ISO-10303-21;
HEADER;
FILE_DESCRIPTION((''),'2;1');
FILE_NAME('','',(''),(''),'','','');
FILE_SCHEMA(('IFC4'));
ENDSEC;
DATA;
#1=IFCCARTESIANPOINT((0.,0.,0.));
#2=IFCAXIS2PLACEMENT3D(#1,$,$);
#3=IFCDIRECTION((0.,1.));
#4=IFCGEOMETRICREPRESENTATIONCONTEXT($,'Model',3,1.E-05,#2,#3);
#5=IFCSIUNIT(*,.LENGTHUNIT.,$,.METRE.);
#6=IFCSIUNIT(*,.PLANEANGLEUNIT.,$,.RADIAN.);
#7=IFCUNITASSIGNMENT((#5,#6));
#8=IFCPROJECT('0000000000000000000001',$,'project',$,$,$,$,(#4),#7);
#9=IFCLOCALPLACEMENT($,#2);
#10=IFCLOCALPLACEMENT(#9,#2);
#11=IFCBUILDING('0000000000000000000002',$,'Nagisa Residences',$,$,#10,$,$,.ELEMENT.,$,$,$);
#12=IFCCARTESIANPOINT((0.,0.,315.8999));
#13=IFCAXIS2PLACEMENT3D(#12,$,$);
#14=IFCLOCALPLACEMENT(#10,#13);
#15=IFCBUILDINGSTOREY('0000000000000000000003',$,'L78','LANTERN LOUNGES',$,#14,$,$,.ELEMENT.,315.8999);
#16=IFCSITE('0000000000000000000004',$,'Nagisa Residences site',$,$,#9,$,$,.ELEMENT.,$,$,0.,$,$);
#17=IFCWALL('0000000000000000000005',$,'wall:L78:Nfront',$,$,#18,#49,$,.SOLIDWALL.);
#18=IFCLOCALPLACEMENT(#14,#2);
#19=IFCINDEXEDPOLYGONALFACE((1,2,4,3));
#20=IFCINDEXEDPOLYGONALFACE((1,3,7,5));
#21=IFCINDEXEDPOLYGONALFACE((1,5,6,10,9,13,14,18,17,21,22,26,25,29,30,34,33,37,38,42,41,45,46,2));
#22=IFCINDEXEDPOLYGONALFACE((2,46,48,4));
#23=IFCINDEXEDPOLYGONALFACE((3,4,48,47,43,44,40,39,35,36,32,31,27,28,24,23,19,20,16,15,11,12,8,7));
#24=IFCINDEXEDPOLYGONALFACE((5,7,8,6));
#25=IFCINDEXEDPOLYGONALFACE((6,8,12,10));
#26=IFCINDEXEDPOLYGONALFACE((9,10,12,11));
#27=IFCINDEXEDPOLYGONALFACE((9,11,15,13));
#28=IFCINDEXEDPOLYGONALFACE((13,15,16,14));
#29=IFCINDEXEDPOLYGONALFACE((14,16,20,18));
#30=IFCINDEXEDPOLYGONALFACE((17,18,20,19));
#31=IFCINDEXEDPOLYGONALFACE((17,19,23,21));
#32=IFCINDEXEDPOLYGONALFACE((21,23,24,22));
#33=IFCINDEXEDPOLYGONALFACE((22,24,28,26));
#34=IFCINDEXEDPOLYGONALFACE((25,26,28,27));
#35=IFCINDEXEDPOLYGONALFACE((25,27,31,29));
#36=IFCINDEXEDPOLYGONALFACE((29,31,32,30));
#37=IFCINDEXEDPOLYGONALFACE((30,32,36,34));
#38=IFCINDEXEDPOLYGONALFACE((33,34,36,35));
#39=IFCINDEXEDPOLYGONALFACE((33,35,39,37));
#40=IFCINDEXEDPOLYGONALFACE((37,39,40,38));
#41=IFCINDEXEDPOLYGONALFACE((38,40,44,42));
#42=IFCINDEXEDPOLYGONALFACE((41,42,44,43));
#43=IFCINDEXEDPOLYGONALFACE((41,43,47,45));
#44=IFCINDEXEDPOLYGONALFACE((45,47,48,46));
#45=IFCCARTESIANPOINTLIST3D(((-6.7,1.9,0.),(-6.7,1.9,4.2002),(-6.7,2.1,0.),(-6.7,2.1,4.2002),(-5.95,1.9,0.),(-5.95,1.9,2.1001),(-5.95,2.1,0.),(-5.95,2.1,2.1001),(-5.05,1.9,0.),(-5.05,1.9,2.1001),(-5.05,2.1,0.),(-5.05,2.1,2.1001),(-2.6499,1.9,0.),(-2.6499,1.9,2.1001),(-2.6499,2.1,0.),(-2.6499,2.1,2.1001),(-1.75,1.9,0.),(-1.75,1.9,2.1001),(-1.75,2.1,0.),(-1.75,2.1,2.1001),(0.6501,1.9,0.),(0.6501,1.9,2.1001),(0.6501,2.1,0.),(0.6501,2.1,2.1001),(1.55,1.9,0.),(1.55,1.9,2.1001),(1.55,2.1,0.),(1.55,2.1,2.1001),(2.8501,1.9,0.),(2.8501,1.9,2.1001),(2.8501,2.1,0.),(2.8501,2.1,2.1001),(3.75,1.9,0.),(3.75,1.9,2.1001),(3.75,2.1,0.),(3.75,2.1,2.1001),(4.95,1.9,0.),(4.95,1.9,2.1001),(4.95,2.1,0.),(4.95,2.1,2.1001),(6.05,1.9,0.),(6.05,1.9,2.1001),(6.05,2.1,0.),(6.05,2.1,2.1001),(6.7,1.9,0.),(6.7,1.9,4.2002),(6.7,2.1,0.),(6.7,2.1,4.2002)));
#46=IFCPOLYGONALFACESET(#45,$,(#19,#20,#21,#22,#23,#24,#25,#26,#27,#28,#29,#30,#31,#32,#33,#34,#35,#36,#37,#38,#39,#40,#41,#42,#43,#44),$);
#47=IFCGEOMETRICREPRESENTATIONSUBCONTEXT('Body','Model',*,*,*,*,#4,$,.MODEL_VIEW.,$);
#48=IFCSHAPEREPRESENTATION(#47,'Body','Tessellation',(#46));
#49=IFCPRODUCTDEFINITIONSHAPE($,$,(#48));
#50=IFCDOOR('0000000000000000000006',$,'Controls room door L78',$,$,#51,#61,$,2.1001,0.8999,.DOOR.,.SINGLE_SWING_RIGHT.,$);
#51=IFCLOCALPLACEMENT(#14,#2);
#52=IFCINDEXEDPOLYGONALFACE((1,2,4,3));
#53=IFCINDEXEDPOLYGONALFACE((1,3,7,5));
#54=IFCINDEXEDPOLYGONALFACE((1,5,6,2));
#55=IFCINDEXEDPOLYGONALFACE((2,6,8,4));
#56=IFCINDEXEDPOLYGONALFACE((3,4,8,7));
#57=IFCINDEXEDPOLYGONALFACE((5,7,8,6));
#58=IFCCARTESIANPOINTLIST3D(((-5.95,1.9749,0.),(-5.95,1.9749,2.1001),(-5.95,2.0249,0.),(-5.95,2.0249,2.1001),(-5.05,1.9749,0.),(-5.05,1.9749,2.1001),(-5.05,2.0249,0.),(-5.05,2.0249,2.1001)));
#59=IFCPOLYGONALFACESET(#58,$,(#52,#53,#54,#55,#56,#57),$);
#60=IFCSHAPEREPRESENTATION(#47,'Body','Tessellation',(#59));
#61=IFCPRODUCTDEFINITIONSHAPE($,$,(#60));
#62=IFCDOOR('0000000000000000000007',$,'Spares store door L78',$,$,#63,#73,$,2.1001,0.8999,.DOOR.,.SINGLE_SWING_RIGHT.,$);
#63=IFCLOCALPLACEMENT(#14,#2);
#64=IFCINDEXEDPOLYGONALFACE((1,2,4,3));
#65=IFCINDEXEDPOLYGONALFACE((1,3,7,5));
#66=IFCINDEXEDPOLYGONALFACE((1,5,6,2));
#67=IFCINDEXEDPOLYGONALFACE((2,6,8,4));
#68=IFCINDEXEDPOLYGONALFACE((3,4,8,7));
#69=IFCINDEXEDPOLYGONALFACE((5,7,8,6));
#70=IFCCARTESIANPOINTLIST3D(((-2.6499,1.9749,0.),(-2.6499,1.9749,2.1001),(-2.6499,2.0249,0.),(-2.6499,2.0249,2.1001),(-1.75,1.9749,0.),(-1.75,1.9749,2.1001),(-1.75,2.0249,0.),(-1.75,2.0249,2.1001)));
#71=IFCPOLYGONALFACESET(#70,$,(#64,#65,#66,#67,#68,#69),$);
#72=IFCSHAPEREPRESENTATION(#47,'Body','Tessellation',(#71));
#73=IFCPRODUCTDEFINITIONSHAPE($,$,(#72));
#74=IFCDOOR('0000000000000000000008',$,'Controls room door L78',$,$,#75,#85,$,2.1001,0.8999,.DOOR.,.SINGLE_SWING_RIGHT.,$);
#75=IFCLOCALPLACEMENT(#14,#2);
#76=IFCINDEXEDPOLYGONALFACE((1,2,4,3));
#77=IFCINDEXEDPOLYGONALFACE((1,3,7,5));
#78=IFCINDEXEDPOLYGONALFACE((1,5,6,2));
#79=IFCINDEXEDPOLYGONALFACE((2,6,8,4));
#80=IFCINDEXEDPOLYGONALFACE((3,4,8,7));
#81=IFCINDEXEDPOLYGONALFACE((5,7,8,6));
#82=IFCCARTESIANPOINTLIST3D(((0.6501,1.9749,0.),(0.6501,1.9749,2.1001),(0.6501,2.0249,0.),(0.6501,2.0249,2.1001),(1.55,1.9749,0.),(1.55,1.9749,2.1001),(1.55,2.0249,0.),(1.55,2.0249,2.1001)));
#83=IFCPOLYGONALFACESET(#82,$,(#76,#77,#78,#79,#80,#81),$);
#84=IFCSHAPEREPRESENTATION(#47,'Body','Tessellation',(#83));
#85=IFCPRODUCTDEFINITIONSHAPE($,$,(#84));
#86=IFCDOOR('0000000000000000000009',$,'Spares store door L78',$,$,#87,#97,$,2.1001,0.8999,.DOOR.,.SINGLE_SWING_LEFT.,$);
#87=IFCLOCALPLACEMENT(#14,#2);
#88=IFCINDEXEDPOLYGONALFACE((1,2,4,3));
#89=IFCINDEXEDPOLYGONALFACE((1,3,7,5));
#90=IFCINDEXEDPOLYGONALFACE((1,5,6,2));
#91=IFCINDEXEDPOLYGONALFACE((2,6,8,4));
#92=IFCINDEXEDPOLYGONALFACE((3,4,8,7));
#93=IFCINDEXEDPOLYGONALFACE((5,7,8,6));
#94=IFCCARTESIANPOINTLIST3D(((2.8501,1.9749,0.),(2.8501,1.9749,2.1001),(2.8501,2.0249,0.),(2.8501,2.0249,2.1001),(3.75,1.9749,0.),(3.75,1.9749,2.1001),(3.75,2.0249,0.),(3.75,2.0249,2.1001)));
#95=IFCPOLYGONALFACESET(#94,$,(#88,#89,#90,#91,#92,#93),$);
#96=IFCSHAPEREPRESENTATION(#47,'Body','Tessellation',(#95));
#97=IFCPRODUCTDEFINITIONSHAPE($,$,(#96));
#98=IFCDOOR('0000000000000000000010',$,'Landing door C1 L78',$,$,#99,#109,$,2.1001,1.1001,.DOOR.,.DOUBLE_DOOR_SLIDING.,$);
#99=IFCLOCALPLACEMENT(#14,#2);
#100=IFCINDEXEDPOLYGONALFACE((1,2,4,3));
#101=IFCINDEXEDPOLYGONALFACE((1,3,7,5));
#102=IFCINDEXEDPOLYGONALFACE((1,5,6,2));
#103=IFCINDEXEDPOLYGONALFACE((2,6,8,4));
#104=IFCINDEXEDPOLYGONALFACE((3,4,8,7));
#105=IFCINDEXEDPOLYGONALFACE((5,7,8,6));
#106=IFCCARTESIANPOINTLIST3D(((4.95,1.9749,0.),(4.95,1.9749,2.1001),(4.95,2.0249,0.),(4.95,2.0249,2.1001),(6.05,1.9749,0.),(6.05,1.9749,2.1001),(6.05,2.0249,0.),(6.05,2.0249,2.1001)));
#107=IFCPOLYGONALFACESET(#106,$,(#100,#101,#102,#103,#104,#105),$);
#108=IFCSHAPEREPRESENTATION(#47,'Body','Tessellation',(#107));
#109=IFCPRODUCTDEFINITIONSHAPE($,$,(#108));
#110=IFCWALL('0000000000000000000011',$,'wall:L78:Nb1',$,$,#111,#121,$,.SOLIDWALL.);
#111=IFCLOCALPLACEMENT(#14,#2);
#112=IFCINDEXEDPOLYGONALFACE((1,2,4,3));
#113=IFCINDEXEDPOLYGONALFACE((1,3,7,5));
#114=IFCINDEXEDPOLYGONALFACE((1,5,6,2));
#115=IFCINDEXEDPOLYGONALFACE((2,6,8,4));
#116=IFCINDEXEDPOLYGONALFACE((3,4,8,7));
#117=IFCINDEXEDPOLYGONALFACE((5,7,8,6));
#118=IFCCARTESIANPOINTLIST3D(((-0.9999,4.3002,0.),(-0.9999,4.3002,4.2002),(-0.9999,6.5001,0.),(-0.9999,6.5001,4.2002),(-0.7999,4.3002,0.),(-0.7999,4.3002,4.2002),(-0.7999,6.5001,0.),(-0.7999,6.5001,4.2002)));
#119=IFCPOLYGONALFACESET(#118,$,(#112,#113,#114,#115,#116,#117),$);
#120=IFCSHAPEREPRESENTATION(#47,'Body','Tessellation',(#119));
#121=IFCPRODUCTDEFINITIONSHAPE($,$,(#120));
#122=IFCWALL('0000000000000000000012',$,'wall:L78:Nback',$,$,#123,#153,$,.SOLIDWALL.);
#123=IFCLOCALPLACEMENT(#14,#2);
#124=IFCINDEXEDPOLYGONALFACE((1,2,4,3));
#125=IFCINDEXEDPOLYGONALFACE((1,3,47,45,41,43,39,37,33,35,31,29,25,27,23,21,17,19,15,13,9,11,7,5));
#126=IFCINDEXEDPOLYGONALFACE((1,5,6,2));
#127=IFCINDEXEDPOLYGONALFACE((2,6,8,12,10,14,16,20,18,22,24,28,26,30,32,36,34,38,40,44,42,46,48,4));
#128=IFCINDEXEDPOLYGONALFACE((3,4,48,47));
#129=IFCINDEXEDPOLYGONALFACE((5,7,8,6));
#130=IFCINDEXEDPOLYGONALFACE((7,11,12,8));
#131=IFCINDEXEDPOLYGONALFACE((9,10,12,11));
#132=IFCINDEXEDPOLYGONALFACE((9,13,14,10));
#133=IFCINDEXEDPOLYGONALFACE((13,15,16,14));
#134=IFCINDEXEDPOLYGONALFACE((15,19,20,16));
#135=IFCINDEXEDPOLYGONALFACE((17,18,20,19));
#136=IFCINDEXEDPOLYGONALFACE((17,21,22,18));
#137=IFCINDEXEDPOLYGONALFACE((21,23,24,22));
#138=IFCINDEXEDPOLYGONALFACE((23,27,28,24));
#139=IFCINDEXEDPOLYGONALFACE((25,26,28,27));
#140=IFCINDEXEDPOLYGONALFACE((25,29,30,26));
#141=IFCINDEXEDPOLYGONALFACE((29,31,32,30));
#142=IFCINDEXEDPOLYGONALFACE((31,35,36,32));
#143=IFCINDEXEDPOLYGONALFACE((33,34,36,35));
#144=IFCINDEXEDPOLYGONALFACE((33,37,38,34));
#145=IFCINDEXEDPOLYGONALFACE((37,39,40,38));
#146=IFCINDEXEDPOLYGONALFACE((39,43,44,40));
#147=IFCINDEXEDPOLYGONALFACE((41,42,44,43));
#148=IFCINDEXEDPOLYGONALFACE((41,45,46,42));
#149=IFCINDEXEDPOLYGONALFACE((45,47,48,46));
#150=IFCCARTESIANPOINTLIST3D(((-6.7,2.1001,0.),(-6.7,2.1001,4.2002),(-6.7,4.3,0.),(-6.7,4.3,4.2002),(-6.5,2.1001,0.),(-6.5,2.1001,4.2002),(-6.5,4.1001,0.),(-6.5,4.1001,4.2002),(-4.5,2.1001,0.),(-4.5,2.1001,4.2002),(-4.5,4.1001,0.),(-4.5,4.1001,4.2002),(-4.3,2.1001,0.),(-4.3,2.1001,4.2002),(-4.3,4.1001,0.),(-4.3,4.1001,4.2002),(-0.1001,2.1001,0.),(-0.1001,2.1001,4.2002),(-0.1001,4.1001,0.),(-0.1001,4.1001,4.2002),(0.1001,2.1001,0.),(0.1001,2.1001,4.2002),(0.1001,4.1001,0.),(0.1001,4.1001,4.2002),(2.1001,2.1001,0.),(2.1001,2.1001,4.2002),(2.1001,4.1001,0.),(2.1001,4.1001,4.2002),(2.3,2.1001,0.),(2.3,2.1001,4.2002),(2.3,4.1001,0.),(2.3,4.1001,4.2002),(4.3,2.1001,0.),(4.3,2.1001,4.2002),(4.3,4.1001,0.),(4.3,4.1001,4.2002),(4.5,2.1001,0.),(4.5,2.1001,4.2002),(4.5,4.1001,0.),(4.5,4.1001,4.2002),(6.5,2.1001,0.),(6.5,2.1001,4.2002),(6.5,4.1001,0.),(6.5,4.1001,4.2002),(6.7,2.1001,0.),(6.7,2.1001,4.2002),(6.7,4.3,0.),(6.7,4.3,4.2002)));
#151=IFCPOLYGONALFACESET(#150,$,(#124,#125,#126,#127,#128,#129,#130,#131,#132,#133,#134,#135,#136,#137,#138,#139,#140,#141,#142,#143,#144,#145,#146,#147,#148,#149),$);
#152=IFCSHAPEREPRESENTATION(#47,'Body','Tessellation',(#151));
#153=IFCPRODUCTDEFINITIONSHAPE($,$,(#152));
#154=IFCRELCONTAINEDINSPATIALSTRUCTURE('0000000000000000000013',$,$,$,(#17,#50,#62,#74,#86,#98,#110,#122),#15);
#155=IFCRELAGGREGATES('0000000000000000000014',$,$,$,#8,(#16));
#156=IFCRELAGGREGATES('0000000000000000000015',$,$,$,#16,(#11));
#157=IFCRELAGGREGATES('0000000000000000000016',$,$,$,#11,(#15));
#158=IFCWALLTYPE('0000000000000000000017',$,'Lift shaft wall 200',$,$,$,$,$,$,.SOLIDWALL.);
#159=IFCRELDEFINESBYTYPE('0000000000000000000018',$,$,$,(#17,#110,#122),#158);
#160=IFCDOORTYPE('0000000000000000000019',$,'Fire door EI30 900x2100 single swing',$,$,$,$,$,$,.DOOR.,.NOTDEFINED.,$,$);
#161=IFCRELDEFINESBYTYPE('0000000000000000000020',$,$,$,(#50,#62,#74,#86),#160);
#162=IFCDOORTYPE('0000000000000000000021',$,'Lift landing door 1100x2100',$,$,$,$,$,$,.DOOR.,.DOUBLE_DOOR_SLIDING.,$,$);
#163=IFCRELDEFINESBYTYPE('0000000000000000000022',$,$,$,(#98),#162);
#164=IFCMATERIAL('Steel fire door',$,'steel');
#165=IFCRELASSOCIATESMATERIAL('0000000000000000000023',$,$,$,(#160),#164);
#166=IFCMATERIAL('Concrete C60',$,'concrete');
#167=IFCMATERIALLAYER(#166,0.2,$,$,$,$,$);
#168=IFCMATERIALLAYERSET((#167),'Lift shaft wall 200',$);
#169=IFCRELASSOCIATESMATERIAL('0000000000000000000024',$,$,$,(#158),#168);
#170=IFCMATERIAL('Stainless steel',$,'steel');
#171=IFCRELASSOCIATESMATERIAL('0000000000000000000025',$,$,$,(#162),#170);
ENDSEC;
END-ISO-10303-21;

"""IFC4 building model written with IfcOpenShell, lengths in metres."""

from ifc_helpers import new_model, si_unit, direction, frame, frame_2d, origin, place, context, subcontext, project, spatial, polyline, rectangle, outline, extrude, material, layer, layer_set, type_object, element, fill, save


model = new_model("IFC4")

# Units and contexts
model_context = context("Model", 3, precision=1e-05, world=origin(), true_north=direction((0.0, 1.0)))
body_context = subcontext(model_context, "Body", "Model", "MODEL_VIEW")
ifc_project = project(units=[si_unit("LENGTHUNIT", "METRE"), si_unit("PLANEANGLEUNIT", "RADIAN")], contexts=[model_context])

# Site, building, storey
site_placement = place(None, origin())
site = spatial("IfcSite", under=ifc_project, at=site_placement, Name="Nagisa Residences site", CompositionType="ELEMENT", RefElevation=0.0)
building_placement = place(site_placement, origin())
building = spatial("IfcBuilding", under=site, at=building_placement, Name="Nagisa Residences", CompositionType="ELEMENT")
storey_placement = place(building_placement, frame((0.0, 0.0, 315.8999)))
storey = spatial("IfcBuildingStorey", under=building, at=storey_placement, Name="L78", Description="LANTERN LOUNGES", CompositionType="ELEMENT", Elevation=315.8999)

# Shared definitions
ifc_material_1 = material(Name="Steel fire door", Category="steel")
door_type_1 = type_object("IfcDoorType", Name="Fire door EI30 900x2100 single swing", OperationType="NOTDEFINED", PredefinedType="DOOR", material=ifc_material_1)

# Shared definitions
ifc_material_2 = material(Name="Concrete C60", Category="concrete")
ifc_layer_1 = layer(ifc_material_2, 0.2)
ifc_layer_set_1 = layer_set([ifc_layer_1], Name="Lift shaft wall 200")
wall_type_1 = type_object("IfcWallType", Name="Lift shaft wall 200", PredefinedType="SOLIDWALL", material=ifc_layer_set_1)
ifc_material_3 = material(Name="Stainless steel", Category="steel")
door_type_2 = type_object("IfcDoorType", Name="Lift landing door 1100x2100", OperationType="DOUBLE_DOOR_SLIDING", PredefinedType="DOOR", material=ifc_material_3)

# Wall, openings, doors
wall_1_placement = place(storey_placement, frame((-6.7, 2.0, 0.0), z_axis=(0.0, 0.0, 1.0), x_axis=(1.0, 0.0, 0.0)))
wall_1 = element("IfcWall", 1, at=wall_1_placement, inside=storey, type_object=wall_type_1, Name="wall:L78:Nfront", PredefinedType="SOLIDWALL", context=body_context, shape_type="SweptSolid", body=[
    extrude(rectangle(XDim=13.3999, YDim=0.2, at=frame_2d((6.7, 0.0))), origin(), (0.0, 0.0, 1.0), 4.2002),
])
opening_1_placement = place(wall_1_placement, frame((11.6499, 0.0, 0.0)))
opening_1 = element("IfcOpeningElement", 2, at=opening_1_placement, cuts=wall_1, PredefinedType="OPENING", context=body_context, shape_type="SweptSolid", body=[
    extrude(rectangle(XDim=1.1001, YDim=2.1001, at=frame_2d((0.55, 1.05))), frame((0.0, 0.1099, 0.0), z_axis=(0.0, -1.0, 0.0), x_axis=(1.0, 0.0, 0.0)), (0.0, 0.0, 1.0), 0.22),
])
opening_2_placement = place(wall_1_placement, frame((0.75, 0.0, 0.0)))
opening_2 = element("IfcOpeningElement", 3, at=opening_2_placement, cuts=wall_1, PredefinedType="OPENING", context=body_context, shape_type="SweptSolid", body=[
    extrude(rectangle(XDim=0.8999, YDim=2.1001, at=frame_2d((0.45, 1.05))), frame((0.0, 0.1099, 0.0), z_axis=(0.0, -1.0, 0.0), x_axis=(1.0, 0.0, 0.0)), (0.0, 0.0, 1.0), 0.22),
])
opening_3_placement = place(wall_1_placement, frame((4.05, 0.0, 0.0)))
opening_3 = element("IfcOpeningElement", 4, at=opening_3_placement, cuts=wall_1, PredefinedType="OPENING", context=body_context, shape_type="SweptSolid", body=[
    extrude(rectangle(XDim=0.8999, YDim=2.1001, at=frame_2d((0.45, 1.05))), frame((0.0, 0.1099, 0.0), z_axis=(0.0, -1.0, 0.0), x_axis=(1.0, 0.0, 0.0)), (0.0, 0.0, 1.0), 0.22),
])
opening_4_placement = place(wall_1_placement, frame((7.3501, 0.0, 0.0)))
opening_4 = element("IfcOpeningElement", 5, at=opening_4_placement, cuts=wall_1, PredefinedType="OPENING", context=body_context, shape_type="SweptSolid", body=[
    extrude(rectangle(XDim=0.8999, YDim=2.1001, at=frame_2d((0.45, 1.05))), frame((0.0, 0.1099, 0.0), z_axis=(0.0, -1.0, 0.0), x_axis=(1.0, 0.0, 0.0)), (0.0, 0.0, 1.0), 0.22),
])
opening_5_placement = place(wall_1_placement, frame((9.55, 0.0, 0.0)))
opening_5 = element("IfcOpeningElement", 6, at=opening_5_placement, cuts=wall_1, PredefinedType="OPENING", context=body_context, shape_type="SweptSolid", body=[
    extrude(rectangle(XDim=0.8999, YDim=2.1001, at=frame_2d((0.45, 1.05))), frame((0.0, 0.1099, 0.0), z_axis=(0.0, -1.0, 0.0), x_axis=(1.0, 0.0, 0.0)), (0.0, 0.0, 1.0), 0.22),
])
door_1_placement = place(opening_2_placement, origin())
door_1 = element("IfcDoor", 7, at=door_1_placement, inside=storey, type_object=door_type_1, Name="Controls room door L78", OperationType="SINGLE_SWING_RIGHT", OverallHeight=2.1001, OverallWidth=0.8999, PredefinedType="DOOR", context=body_context, shape_type="SweptSolid", body=[
    extrude(rectangle(XDim=0.8999, YDim=2.1001, at=frame_2d((0.45, 1.05))), frame((0.0, 0.0249, 0.0), z_axis=(0.0, -1.0, 0.0), x_axis=(1.0, 0.0, 0.0)), (0.0, 0.0, 1.0), 0.05),
])
fill(opening_2, door_1)
door_2_placement = place(opening_3_placement, origin())
door_2 = element("IfcDoor", 8, at=door_2_placement, inside=storey, type_object=door_type_1, Name="Spares store door L78", OperationType="SINGLE_SWING_RIGHT", OverallHeight=2.1001, OverallWidth=0.8999, PredefinedType="DOOR", context=body_context, shape_type="SweptSolid", body=[
    extrude(rectangle(XDim=0.8999, YDim=2.1001, at=frame_2d((0.45, 1.05))), frame((0.0, 0.0249, 0.0), z_axis=(0.0, -1.0, 0.0), x_axis=(1.0, 0.0, 0.0)), (0.0, 0.0, 1.0), 0.05),
])
fill(opening_3, door_2)
door_3_placement = place(opening_4_placement, origin())
door_3 = element("IfcDoor", 9, at=door_3_placement, inside=storey, type_object=door_type_1, Name="Controls room door L78", OperationType="SINGLE_SWING_RIGHT", OverallHeight=2.1001, OverallWidth=0.8999, PredefinedType="DOOR", context=body_context, shape_type="SweptSolid", body=[
    extrude(rectangle(XDim=0.8999, YDim=2.1001, at=frame_2d((0.45, 1.05))), frame((0.0, 0.0249, 0.0), z_axis=(0.0, -1.0, 0.0), x_axis=(1.0, 0.0, 0.0)), (0.0, 0.0, 1.0), 0.05),
])
fill(opening_4, door_3)
door_4_placement = place(opening_5_placement, origin())
door_4 = element("IfcDoor", 10, at=door_4_placement, inside=storey, type_object=door_type_1, Name="Spares store door L78", OperationType="SINGLE_SWING_LEFT", OverallHeight=2.1001, OverallWidth=0.8999, PredefinedType="DOOR", context=body_context, shape_type="SweptSolid", body=[
    extrude(rectangle(XDim=0.8999, YDim=2.1001, at=frame_2d((0.45, 1.05))), frame((0.0, 0.0249, 0.0), z_axis=(0.0, -1.0, 0.0), x_axis=(1.0, 0.0, 0.0)), (0.0, 0.0, 1.0), 0.05),
])
fill(opening_5, door_4)
door_5_placement = place(opening_1_placement, origin())
door_5 = element("IfcDoor", 11, at=door_5_placement, inside=storey, type_object=door_type_2, Name="Landing door C1 L78", OperationType="DOUBLE_DOOR_SLIDING", OverallHeight=2.1001, OverallWidth=1.1001, PredefinedType="DOOR", context=body_context, shape_type="SweptSolid", body=[
    extrude(rectangle(XDim=1.1001, YDim=2.1001, at=frame_2d((0.55, 1.05))), frame((0.0, 0.0249, 0.0), z_axis=(0.0, -1.0, 0.0), x_axis=(1.0, 0.0, 0.0)), (0.0, 0.0, 1.0), 0.05),
])
fill(opening_1, door_5)

# Walls
wall_2_placement = place(storey_placement, frame((-0.8999, 4.3, 0.0), z_axis=(0.0, 0.0, 1.0), x_axis=(0.0, 1.0, 0.0)))
element("IfcWall", 12, at=wall_2_placement, inside=storey, type_object=wall_type_1, Name="wall:L78:Nb1", PredefinedType="SOLIDWALL", context=body_context, shape_type="SweptSolid", body=[
    extrude(rectangle(XDim=2.2, YDim=0.2, at=frame_2d((1.1001, 0.0))), origin(), (0.0, 0.0, 1.0), 4.2002),
])
wall_3_placement = place(storey_placement, origin())
element("IfcWall", 13, at=wall_3_placement, inside=storey, type_object=wall_type_1, Name="wall:L78:Nback", PredefinedType="SOLIDWALL", context=body_context, shape_type="SweptSolid", body=[
    extrude(outline(polyline([(-6.7, 4.3), (6.7, 4.3), (6.7, 2.1001), (6.5, 2.1001), (6.5, 4.1001), (4.5, 4.1001), (4.5, 2.1001), (4.3, 2.1001), (4.3, 4.1001), (2.3, 4.1001), (2.3, 2.1001), (2.1001, 2.1001), (2.1001, 4.1001), (0.1001, 4.1001), (0.1001, 2.1001), (-0.1001, 2.1001), (-0.1001, 4.1001), (-4.3, 4.1001), (-4.3, 2.1001), (-4.5, 2.1001), (-4.5, 4.1001), (-6.5, 4.1001), (-6.5, 2.1001), (-6.7, 2.1001), (-6.7, 4.3)])), origin(), (0.0, 0.0, 1.0), 4.2002),
])

save(model, "model.ifc")
